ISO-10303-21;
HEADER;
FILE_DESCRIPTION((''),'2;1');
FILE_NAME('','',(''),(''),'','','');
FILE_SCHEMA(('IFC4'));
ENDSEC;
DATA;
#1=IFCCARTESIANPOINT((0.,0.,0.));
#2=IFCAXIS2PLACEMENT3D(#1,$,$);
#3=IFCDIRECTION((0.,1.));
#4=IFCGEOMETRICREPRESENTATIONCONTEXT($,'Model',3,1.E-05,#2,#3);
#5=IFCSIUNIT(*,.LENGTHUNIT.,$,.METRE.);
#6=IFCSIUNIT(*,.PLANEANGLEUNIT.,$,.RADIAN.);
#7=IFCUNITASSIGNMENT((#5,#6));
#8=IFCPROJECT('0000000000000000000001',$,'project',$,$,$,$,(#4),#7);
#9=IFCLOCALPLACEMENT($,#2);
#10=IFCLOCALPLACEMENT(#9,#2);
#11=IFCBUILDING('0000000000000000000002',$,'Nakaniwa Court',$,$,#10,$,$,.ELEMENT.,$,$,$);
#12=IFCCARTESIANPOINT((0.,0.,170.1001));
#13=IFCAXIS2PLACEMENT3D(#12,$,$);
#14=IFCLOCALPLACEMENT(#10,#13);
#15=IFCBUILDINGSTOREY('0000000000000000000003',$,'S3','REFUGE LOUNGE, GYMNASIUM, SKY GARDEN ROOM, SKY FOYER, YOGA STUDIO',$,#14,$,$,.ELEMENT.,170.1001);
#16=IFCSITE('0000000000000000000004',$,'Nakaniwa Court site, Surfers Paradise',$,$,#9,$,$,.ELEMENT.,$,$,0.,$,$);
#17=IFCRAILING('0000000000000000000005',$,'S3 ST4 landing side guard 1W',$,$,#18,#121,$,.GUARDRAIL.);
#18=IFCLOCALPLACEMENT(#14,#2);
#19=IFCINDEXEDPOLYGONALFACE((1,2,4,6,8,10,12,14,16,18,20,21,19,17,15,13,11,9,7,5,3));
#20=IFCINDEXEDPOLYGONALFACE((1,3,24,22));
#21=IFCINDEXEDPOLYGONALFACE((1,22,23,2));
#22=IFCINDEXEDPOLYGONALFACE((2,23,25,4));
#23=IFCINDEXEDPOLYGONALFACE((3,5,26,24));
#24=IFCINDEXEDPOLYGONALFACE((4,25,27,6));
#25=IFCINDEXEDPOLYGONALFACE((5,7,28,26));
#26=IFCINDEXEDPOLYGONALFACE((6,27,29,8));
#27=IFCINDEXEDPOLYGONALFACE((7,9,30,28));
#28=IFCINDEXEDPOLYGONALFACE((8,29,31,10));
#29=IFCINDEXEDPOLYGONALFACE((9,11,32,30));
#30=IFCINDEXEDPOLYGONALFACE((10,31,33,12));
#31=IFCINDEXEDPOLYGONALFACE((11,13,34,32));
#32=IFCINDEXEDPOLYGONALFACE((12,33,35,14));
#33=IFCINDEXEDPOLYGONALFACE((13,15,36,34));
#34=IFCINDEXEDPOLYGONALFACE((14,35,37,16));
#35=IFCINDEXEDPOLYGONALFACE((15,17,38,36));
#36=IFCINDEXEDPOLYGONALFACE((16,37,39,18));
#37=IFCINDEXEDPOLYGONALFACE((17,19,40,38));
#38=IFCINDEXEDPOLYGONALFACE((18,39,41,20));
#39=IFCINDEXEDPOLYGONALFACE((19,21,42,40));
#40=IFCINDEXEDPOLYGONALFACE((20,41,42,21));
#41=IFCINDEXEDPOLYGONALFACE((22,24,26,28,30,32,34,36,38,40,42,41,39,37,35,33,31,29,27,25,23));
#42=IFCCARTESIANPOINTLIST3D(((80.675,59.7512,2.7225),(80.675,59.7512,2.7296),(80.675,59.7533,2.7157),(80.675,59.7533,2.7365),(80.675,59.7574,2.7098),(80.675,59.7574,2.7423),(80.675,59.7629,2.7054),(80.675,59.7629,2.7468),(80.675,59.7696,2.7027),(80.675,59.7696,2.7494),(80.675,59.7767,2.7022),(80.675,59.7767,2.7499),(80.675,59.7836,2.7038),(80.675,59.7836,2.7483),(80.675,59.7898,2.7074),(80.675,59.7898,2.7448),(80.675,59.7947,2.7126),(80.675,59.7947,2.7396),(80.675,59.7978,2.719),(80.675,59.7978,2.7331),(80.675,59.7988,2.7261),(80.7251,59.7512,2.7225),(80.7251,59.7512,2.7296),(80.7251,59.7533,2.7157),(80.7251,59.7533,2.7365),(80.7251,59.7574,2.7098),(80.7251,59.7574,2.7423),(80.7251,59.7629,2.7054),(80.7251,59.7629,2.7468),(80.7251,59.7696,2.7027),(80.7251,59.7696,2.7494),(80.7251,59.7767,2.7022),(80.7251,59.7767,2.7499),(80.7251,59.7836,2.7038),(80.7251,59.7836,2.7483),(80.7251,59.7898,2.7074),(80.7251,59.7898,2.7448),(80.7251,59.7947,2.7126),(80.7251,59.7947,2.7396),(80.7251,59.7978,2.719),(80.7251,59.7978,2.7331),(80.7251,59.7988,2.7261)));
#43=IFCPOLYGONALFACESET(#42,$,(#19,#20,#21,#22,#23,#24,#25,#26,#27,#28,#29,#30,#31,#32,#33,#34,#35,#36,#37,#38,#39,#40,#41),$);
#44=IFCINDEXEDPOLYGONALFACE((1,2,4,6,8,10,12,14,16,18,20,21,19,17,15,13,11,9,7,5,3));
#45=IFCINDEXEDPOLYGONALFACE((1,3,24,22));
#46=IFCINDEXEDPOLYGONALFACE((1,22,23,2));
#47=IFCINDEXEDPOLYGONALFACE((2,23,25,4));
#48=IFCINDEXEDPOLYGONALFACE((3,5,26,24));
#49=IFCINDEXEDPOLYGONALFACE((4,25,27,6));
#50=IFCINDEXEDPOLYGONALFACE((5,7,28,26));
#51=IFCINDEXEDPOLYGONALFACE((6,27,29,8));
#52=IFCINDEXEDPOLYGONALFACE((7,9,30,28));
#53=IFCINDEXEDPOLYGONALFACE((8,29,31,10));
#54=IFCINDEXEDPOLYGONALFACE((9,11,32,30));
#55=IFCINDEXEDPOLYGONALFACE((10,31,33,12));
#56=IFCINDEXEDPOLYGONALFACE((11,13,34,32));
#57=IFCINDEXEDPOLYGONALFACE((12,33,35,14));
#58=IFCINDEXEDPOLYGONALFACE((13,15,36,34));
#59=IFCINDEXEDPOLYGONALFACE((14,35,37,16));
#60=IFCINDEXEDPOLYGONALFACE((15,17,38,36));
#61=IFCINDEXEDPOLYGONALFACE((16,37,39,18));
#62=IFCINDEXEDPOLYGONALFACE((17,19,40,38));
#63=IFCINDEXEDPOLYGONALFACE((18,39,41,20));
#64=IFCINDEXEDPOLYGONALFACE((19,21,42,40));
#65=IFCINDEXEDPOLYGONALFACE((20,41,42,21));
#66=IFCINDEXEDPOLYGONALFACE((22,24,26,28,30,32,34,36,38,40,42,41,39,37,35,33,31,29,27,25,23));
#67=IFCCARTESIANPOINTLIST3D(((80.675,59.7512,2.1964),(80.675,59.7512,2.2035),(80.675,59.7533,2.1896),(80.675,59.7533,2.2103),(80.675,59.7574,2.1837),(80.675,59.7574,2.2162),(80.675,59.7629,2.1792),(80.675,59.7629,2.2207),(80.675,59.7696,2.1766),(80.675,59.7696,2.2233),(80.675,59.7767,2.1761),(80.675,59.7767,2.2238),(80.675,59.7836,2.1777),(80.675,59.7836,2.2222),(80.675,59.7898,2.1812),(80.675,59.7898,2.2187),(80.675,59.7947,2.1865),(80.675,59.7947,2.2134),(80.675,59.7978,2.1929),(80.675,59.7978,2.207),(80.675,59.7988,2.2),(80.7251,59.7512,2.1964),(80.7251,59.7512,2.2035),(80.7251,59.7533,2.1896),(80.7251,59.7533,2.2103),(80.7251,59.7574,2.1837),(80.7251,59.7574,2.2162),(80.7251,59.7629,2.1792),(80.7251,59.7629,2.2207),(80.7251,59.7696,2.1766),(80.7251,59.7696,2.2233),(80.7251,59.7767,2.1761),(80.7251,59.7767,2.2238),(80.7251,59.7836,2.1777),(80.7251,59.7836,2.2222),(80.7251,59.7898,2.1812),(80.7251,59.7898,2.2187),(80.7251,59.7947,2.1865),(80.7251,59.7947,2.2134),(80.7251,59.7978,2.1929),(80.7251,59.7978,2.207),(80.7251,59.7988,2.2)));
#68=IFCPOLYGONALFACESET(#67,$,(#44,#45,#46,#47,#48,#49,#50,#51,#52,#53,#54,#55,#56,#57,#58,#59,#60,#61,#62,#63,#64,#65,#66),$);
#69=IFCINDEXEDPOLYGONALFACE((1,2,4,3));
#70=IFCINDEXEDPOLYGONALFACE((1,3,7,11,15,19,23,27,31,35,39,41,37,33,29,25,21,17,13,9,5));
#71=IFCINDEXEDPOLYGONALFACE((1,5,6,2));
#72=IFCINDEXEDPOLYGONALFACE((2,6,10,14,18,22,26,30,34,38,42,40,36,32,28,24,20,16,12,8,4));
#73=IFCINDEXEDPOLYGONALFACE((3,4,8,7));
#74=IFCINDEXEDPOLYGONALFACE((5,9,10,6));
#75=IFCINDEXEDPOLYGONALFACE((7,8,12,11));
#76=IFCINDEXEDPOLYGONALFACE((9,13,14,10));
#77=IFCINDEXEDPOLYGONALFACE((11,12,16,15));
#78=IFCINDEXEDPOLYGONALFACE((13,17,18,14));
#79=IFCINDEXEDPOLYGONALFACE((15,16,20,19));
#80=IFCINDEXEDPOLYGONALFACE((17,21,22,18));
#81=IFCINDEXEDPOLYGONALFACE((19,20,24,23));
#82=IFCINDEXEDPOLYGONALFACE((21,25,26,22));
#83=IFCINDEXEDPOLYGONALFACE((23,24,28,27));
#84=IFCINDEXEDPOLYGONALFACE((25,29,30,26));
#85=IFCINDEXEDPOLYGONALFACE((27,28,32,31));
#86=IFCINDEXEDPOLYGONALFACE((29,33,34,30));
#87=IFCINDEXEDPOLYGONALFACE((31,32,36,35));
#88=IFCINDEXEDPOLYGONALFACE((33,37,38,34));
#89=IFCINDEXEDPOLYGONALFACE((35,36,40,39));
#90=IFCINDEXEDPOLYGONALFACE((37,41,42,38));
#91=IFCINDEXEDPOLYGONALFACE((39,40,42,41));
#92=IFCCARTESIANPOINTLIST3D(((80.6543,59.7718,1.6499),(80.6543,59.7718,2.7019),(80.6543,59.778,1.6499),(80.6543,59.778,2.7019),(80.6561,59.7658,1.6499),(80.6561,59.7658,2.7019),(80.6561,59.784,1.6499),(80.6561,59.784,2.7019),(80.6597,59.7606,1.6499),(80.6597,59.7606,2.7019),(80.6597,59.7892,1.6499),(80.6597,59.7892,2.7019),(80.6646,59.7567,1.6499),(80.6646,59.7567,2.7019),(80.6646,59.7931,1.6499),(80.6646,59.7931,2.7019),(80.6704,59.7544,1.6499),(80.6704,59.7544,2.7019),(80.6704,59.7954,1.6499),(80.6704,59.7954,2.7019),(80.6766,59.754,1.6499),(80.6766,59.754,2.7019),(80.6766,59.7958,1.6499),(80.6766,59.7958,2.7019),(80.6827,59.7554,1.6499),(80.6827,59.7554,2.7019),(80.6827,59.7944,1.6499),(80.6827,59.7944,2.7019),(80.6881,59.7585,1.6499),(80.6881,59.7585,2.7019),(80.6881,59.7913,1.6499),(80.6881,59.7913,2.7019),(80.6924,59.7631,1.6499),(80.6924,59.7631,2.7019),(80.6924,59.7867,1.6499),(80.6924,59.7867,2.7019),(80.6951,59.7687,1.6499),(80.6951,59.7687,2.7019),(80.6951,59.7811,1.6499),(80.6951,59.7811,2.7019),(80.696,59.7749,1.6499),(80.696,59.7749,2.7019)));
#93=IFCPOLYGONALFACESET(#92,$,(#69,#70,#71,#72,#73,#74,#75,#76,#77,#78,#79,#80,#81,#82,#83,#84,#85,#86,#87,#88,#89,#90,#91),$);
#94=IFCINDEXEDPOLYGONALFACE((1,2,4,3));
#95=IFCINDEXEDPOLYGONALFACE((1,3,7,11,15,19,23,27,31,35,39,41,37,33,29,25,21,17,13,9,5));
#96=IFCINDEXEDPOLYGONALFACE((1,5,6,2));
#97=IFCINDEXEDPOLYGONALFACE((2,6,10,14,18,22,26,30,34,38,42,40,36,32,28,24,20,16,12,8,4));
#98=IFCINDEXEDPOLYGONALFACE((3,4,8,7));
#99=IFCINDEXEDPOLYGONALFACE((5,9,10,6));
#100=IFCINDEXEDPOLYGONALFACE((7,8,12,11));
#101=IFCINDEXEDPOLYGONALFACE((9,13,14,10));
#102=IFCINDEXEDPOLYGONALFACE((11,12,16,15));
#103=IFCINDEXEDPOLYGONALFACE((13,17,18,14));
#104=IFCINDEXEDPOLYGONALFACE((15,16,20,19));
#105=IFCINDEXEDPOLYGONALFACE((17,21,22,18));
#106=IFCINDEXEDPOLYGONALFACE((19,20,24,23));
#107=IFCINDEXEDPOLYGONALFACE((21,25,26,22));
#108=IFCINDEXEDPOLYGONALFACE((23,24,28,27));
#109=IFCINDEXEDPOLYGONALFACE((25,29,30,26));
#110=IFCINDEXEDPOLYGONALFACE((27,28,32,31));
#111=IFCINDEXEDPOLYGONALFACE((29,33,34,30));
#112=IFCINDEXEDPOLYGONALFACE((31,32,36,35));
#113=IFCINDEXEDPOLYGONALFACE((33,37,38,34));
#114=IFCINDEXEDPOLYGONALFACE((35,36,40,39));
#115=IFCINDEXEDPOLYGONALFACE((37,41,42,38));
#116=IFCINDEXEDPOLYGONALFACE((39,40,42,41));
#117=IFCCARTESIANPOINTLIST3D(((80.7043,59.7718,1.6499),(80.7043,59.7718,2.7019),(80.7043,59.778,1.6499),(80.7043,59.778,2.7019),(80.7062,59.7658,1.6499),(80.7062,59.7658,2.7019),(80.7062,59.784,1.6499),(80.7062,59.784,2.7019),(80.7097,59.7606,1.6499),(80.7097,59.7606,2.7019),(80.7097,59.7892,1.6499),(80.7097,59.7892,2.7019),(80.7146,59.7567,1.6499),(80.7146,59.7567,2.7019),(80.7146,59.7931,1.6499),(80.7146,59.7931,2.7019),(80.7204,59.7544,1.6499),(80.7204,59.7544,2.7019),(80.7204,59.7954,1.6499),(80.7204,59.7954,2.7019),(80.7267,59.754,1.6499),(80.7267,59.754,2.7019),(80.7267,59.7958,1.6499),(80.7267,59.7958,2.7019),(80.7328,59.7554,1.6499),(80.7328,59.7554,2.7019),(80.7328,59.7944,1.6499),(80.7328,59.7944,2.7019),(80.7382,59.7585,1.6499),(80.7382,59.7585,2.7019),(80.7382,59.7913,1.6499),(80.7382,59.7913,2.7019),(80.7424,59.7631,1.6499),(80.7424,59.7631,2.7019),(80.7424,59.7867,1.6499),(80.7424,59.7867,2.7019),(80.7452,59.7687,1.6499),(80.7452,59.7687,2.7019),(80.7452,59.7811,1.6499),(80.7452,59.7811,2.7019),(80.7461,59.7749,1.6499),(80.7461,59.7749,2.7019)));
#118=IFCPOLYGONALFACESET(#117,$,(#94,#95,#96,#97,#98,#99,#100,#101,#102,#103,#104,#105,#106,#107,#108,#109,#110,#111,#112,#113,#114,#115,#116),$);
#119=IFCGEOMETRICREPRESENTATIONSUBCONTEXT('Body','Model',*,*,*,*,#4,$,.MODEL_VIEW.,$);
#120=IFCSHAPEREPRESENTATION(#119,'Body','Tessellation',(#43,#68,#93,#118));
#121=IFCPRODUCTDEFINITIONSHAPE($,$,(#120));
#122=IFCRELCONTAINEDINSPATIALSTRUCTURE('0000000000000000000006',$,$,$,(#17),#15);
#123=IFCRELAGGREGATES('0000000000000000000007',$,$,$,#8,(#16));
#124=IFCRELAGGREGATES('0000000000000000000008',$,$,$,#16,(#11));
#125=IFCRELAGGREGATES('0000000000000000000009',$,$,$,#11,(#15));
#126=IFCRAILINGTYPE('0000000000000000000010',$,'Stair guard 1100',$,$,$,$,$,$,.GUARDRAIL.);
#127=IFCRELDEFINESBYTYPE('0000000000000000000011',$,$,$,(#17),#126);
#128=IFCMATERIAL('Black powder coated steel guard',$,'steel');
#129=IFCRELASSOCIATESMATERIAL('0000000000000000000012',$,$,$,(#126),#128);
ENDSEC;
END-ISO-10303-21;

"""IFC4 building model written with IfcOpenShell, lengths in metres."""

from ifc_helpers import new_model, si_unit, direction, frame, origin, origin_2d, place, context, subcontext, project, spatial, circle, extrude, material, type_object, element, save


model = new_model("IFC4")

# Units and contexts
model_context = context("Model", 3, precision=1e-05, world=origin(), true_north=direction((0.0, 1.0)))
body_context = subcontext(model_context, "Body", "Model", "MODEL_VIEW")
ifc_project = project(units=[si_unit("LENGTHUNIT", "METRE"), si_unit("PLANEANGLEUNIT", "RADIAN")], contexts=[model_context])

# Site, building, storey
site_placement = place(None, origin())
site = spatial("IfcSite", under=ifc_project, at=site_placement, Name="Nakaniwa Court site, Surfers Paradise", CompositionType="ELEMENT", RefElevation=0.0)
building_placement = place(site_placement, origin())
building = spatial("IfcBuilding", under=site, at=building_placement, Name="Nakaniwa Court", CompositionType="ELEMENT")
storey_placement = place(building_placement, frame((0.0, 0.0, 170.1001)))
storey = spatial("IfcBuildingStorey", under=building, at=storey_placement, Name="S3", Description="REFUGE LOUNGE, GYMNASIUM, SKY GARDEN ROOM, SKY FOYER, YOGA STUDIO", CompositionType="ELEMENT", Elevation=170.1001)

# Railing
ifc_material_1 = material(Name="Black powder coated steel guard", Category="steel")
railing_type_1 = type_object("IfcRailingType", Name="Stair guard 1100", PredefinedType="GUARDRAIL", material=ifc_material_1)
railing_1_placement = place(storey_placement, frame((80.675, 59.7749, 1.6499)))
element("IfcRailing", 1, at=railing_1_placement, inside=storey, type_object=railing_type_1, Name="S3 ST4 landing side guard 1W", PredefinedType="GUARDRAIL", context=body_context, shape_type="SweptSolid", body=[
    extrude(circle(Radius=0.0239, at=origin_2d()), frame((0.0, 0.0, 1.0762), z_axis=(1.0, 0.0, 0.0), x_axis=(0.0, 1.0, 0.0)), (0.0, 0.0, 1.0), 0.05),
    extrude(circle(Radius=0.0239, at=origin_2d()), frame((0.0, 0.0, 0.55), z_axis=(1.0, 0.0, 0.0), x_axis=(0.0, 1.0, 0.0)), (0.0, 0.0, 1.0), 0.05),
    extrude(circle(Radius=0.021, at=origin_2d()), origin(), (0.0, 0.0, 1.0), 1.052),
    extrude(circle(Radius=0.021, at=origin_2d()), frame((0.05, 0.0, 0.0)), (0.0, 0.0, 1.0), 1.052),
])

save(model, "model.ifc")
